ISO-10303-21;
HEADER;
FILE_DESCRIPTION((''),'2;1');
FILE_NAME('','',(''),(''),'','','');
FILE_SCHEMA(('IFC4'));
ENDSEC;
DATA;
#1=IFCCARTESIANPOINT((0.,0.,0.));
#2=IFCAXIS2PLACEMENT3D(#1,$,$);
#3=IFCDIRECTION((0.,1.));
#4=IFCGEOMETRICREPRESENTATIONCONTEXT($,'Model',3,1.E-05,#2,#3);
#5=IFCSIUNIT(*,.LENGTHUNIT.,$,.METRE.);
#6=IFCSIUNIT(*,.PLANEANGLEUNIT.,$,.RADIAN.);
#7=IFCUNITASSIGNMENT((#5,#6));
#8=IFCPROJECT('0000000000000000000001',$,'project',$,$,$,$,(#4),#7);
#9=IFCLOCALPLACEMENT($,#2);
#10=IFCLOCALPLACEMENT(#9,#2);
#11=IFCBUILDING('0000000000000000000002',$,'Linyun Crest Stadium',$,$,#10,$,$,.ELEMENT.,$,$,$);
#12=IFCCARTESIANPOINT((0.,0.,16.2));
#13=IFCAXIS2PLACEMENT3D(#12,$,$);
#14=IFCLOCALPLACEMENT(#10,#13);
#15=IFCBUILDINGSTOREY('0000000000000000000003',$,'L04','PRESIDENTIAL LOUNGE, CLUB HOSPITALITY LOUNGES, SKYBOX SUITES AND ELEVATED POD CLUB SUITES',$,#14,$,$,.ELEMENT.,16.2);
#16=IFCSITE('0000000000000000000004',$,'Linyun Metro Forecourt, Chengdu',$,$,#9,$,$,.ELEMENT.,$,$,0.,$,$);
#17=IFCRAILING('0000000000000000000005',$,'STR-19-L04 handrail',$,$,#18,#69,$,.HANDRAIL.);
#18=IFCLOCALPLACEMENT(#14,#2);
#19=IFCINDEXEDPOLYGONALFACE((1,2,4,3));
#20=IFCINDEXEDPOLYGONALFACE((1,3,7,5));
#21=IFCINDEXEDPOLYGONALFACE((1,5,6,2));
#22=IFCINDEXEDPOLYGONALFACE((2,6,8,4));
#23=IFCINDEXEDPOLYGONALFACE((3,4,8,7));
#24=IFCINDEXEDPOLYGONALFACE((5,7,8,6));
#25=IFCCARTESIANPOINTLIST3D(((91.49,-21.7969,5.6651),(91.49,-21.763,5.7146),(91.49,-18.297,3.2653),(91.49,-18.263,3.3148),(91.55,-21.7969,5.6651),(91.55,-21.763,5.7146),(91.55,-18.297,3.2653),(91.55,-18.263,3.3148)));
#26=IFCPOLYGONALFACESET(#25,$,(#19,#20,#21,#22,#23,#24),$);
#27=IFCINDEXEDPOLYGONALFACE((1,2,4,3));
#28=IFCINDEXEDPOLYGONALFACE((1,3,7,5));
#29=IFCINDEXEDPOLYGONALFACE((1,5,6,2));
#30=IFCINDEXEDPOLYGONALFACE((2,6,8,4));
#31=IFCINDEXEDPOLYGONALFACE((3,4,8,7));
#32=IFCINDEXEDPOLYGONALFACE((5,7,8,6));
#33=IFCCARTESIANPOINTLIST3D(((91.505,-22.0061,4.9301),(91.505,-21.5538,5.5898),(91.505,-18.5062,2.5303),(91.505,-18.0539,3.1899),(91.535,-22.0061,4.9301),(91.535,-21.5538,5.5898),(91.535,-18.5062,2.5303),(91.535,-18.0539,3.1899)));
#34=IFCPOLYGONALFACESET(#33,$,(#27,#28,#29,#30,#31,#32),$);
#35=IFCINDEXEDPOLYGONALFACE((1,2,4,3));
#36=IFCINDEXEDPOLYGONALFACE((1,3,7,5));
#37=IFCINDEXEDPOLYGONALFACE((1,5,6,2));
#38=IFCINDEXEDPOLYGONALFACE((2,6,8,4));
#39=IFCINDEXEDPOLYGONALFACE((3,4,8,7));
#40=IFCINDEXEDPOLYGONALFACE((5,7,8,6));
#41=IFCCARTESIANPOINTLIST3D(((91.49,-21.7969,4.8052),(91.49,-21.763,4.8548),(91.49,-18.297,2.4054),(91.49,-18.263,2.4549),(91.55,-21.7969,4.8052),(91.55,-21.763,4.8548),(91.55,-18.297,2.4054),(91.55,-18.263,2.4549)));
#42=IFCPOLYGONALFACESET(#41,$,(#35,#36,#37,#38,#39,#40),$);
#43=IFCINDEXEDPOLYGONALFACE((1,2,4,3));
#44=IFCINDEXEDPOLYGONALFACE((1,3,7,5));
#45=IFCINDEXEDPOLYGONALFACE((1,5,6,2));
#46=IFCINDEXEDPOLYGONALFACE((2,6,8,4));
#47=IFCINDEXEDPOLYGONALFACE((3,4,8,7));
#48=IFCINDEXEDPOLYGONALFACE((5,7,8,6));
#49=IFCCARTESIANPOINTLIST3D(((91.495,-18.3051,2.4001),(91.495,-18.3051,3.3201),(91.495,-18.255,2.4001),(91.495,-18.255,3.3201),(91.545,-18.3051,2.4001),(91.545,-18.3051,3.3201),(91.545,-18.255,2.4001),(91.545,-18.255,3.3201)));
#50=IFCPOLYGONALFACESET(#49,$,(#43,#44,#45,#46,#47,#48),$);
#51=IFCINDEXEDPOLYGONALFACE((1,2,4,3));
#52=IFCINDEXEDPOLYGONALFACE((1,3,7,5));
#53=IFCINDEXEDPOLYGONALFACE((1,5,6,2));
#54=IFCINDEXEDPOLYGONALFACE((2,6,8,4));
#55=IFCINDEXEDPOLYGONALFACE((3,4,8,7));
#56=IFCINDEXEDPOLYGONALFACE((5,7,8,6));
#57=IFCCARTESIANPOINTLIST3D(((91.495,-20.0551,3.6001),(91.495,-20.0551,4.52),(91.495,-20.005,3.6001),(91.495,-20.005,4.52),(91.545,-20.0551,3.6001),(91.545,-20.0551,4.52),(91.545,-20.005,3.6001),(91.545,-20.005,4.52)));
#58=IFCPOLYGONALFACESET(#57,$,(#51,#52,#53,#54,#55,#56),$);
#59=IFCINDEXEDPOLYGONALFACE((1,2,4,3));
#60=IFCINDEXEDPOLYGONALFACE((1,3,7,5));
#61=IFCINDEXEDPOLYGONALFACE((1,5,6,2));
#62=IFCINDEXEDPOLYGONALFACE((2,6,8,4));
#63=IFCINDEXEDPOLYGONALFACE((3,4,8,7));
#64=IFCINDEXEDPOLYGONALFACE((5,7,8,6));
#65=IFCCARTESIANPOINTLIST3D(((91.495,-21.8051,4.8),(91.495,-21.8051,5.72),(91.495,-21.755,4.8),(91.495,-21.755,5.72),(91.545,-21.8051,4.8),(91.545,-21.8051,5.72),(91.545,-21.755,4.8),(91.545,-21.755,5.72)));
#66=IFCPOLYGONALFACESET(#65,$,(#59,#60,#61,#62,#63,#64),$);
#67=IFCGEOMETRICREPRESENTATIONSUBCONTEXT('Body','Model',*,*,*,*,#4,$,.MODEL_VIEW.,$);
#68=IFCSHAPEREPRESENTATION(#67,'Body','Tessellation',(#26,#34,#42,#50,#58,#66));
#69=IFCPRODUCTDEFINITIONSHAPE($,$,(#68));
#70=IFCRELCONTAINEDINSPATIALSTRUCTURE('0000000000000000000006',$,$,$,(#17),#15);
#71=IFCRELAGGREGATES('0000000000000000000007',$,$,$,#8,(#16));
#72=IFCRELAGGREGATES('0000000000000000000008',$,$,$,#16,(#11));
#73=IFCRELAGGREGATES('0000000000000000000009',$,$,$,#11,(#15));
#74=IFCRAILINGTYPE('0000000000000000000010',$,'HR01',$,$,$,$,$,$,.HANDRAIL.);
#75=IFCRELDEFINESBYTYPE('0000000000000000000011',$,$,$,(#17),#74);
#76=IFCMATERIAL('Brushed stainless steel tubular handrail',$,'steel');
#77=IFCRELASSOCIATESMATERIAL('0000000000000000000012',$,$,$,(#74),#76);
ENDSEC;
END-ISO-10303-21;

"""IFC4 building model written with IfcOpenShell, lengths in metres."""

from ifc_helpers import new_model, si_unit, direction, frame, origin, origin_2d, place, context, subcontext, project, spatial, rectangle, extrude, material, type_object, element, save


model = new_model("IFC4")

# Units and contexts
model_context = context("Model", 3, precision=1e-05, world=origin(), true_north=direction((0.0, 1.0)))
body_context = subcontext(model_context, "Body", "Model", "MODEL_VIEW")
ifc_project = project(units=[si_unit("LENGTHUNIT", "METRE"), si_unit("PLANEANGLEUNIT", "RADIAN")], contexts=[model_context])

# Site, building, storey
site_placement = place(None, origin())
site = spatial("IfcSite", under=ifc_project, at=site_placement, Name="Linyun Metro Forecourt, Chengdu", CompositionType="ELEMENT", RefElevation=0.0)
building_placement = place(site_placement, origin())
building = spatial("IfcBuilding", under=site, at=building_placement, Name="Linyun Crest Stadium", CompositionType="ELEMENT")
storey_placement = place(building_placement, frame((0.0, 0.0, 16.2)))
storey = spatial("IfcBuildingStorey", under=building, at=storey_placement, Name="L04", Description="PRESIDENTIAL LOUNGE, CLUB HOSPITALITY LOUNGES, SKYBOX SUITES AND ELEVATED POD CLUB SUITES", CompositionType="ELEMENT", Elevation=16.2)

# Railing
ifc_material_1 = material(Name="Brushed stainless steel tubular handrail", Category="steel")
railing_type_1 = type_object("IfcRailingType", Name="HR01", PredefinedType="HANDRAIL", material=ifc_material_1)
railing_1_placement = place(storey_placement, frame((91.52, -18.28, 2.4001)))
element("IfcRailing", 1, at=railing_1_placement, inside=storey, type_object=railing_type_1, Name="STR-19-L04 handrail", PredefinedType="HANDRAIL", context=body_context, shape_type="SweptSolid", body=[
    extrude(rectangle(XDim=0.0601, YDim=0.0601, at=origin_2d()), frame((0.0, 0.0, 0.8899), z_axis=(0.0, -0.82474, 0.565513), x_axis=(1.0, 0.0, 0.0)), (0.0, 0.0, 1.0), 4.2437),
    extrude(rectangle(XDim=0.03, YDim=0.7998, at=origin_2d()), frame((0.0, 0.0, 0.46), z_axis=(0.0, -0.82474, 0.565513), x_axis=(1.0, 0.0, 0.0)), (0.0, 0.0, 1.0), 4.2437),
    extrude(rectangle(XDim=0.0601, YDim=0.0601, at=origin_2d()), frame((0.0, 0.0, 0.03), z_axis=(0.0, -0.82474, 0.565513), x_axis=(1.0, 0.0, 0.0)), (0.0, 0.0, 1.0), 4.2437),
    extrude(rectangle(XDim=0.05, YDim=0.05, at=origin_2d()), origin(), (0.0, 0.0, 1.0), 0.9199),
    extrude(rectangle(XDim=0.05, YDim=0.05, at=origin_2d()), frame((0.0, -1.75, 1.2)), (0.0, 0.0, 1.0), 0.9199),
    extrude(rectangle(XDim=0.05, YDim=0.05, at=origin_2d()), frame((0.0, -3.5, 2.3999)), (0.0, 0.0, 1.0), 0.9199),
])

save(model, "model.ifc")
